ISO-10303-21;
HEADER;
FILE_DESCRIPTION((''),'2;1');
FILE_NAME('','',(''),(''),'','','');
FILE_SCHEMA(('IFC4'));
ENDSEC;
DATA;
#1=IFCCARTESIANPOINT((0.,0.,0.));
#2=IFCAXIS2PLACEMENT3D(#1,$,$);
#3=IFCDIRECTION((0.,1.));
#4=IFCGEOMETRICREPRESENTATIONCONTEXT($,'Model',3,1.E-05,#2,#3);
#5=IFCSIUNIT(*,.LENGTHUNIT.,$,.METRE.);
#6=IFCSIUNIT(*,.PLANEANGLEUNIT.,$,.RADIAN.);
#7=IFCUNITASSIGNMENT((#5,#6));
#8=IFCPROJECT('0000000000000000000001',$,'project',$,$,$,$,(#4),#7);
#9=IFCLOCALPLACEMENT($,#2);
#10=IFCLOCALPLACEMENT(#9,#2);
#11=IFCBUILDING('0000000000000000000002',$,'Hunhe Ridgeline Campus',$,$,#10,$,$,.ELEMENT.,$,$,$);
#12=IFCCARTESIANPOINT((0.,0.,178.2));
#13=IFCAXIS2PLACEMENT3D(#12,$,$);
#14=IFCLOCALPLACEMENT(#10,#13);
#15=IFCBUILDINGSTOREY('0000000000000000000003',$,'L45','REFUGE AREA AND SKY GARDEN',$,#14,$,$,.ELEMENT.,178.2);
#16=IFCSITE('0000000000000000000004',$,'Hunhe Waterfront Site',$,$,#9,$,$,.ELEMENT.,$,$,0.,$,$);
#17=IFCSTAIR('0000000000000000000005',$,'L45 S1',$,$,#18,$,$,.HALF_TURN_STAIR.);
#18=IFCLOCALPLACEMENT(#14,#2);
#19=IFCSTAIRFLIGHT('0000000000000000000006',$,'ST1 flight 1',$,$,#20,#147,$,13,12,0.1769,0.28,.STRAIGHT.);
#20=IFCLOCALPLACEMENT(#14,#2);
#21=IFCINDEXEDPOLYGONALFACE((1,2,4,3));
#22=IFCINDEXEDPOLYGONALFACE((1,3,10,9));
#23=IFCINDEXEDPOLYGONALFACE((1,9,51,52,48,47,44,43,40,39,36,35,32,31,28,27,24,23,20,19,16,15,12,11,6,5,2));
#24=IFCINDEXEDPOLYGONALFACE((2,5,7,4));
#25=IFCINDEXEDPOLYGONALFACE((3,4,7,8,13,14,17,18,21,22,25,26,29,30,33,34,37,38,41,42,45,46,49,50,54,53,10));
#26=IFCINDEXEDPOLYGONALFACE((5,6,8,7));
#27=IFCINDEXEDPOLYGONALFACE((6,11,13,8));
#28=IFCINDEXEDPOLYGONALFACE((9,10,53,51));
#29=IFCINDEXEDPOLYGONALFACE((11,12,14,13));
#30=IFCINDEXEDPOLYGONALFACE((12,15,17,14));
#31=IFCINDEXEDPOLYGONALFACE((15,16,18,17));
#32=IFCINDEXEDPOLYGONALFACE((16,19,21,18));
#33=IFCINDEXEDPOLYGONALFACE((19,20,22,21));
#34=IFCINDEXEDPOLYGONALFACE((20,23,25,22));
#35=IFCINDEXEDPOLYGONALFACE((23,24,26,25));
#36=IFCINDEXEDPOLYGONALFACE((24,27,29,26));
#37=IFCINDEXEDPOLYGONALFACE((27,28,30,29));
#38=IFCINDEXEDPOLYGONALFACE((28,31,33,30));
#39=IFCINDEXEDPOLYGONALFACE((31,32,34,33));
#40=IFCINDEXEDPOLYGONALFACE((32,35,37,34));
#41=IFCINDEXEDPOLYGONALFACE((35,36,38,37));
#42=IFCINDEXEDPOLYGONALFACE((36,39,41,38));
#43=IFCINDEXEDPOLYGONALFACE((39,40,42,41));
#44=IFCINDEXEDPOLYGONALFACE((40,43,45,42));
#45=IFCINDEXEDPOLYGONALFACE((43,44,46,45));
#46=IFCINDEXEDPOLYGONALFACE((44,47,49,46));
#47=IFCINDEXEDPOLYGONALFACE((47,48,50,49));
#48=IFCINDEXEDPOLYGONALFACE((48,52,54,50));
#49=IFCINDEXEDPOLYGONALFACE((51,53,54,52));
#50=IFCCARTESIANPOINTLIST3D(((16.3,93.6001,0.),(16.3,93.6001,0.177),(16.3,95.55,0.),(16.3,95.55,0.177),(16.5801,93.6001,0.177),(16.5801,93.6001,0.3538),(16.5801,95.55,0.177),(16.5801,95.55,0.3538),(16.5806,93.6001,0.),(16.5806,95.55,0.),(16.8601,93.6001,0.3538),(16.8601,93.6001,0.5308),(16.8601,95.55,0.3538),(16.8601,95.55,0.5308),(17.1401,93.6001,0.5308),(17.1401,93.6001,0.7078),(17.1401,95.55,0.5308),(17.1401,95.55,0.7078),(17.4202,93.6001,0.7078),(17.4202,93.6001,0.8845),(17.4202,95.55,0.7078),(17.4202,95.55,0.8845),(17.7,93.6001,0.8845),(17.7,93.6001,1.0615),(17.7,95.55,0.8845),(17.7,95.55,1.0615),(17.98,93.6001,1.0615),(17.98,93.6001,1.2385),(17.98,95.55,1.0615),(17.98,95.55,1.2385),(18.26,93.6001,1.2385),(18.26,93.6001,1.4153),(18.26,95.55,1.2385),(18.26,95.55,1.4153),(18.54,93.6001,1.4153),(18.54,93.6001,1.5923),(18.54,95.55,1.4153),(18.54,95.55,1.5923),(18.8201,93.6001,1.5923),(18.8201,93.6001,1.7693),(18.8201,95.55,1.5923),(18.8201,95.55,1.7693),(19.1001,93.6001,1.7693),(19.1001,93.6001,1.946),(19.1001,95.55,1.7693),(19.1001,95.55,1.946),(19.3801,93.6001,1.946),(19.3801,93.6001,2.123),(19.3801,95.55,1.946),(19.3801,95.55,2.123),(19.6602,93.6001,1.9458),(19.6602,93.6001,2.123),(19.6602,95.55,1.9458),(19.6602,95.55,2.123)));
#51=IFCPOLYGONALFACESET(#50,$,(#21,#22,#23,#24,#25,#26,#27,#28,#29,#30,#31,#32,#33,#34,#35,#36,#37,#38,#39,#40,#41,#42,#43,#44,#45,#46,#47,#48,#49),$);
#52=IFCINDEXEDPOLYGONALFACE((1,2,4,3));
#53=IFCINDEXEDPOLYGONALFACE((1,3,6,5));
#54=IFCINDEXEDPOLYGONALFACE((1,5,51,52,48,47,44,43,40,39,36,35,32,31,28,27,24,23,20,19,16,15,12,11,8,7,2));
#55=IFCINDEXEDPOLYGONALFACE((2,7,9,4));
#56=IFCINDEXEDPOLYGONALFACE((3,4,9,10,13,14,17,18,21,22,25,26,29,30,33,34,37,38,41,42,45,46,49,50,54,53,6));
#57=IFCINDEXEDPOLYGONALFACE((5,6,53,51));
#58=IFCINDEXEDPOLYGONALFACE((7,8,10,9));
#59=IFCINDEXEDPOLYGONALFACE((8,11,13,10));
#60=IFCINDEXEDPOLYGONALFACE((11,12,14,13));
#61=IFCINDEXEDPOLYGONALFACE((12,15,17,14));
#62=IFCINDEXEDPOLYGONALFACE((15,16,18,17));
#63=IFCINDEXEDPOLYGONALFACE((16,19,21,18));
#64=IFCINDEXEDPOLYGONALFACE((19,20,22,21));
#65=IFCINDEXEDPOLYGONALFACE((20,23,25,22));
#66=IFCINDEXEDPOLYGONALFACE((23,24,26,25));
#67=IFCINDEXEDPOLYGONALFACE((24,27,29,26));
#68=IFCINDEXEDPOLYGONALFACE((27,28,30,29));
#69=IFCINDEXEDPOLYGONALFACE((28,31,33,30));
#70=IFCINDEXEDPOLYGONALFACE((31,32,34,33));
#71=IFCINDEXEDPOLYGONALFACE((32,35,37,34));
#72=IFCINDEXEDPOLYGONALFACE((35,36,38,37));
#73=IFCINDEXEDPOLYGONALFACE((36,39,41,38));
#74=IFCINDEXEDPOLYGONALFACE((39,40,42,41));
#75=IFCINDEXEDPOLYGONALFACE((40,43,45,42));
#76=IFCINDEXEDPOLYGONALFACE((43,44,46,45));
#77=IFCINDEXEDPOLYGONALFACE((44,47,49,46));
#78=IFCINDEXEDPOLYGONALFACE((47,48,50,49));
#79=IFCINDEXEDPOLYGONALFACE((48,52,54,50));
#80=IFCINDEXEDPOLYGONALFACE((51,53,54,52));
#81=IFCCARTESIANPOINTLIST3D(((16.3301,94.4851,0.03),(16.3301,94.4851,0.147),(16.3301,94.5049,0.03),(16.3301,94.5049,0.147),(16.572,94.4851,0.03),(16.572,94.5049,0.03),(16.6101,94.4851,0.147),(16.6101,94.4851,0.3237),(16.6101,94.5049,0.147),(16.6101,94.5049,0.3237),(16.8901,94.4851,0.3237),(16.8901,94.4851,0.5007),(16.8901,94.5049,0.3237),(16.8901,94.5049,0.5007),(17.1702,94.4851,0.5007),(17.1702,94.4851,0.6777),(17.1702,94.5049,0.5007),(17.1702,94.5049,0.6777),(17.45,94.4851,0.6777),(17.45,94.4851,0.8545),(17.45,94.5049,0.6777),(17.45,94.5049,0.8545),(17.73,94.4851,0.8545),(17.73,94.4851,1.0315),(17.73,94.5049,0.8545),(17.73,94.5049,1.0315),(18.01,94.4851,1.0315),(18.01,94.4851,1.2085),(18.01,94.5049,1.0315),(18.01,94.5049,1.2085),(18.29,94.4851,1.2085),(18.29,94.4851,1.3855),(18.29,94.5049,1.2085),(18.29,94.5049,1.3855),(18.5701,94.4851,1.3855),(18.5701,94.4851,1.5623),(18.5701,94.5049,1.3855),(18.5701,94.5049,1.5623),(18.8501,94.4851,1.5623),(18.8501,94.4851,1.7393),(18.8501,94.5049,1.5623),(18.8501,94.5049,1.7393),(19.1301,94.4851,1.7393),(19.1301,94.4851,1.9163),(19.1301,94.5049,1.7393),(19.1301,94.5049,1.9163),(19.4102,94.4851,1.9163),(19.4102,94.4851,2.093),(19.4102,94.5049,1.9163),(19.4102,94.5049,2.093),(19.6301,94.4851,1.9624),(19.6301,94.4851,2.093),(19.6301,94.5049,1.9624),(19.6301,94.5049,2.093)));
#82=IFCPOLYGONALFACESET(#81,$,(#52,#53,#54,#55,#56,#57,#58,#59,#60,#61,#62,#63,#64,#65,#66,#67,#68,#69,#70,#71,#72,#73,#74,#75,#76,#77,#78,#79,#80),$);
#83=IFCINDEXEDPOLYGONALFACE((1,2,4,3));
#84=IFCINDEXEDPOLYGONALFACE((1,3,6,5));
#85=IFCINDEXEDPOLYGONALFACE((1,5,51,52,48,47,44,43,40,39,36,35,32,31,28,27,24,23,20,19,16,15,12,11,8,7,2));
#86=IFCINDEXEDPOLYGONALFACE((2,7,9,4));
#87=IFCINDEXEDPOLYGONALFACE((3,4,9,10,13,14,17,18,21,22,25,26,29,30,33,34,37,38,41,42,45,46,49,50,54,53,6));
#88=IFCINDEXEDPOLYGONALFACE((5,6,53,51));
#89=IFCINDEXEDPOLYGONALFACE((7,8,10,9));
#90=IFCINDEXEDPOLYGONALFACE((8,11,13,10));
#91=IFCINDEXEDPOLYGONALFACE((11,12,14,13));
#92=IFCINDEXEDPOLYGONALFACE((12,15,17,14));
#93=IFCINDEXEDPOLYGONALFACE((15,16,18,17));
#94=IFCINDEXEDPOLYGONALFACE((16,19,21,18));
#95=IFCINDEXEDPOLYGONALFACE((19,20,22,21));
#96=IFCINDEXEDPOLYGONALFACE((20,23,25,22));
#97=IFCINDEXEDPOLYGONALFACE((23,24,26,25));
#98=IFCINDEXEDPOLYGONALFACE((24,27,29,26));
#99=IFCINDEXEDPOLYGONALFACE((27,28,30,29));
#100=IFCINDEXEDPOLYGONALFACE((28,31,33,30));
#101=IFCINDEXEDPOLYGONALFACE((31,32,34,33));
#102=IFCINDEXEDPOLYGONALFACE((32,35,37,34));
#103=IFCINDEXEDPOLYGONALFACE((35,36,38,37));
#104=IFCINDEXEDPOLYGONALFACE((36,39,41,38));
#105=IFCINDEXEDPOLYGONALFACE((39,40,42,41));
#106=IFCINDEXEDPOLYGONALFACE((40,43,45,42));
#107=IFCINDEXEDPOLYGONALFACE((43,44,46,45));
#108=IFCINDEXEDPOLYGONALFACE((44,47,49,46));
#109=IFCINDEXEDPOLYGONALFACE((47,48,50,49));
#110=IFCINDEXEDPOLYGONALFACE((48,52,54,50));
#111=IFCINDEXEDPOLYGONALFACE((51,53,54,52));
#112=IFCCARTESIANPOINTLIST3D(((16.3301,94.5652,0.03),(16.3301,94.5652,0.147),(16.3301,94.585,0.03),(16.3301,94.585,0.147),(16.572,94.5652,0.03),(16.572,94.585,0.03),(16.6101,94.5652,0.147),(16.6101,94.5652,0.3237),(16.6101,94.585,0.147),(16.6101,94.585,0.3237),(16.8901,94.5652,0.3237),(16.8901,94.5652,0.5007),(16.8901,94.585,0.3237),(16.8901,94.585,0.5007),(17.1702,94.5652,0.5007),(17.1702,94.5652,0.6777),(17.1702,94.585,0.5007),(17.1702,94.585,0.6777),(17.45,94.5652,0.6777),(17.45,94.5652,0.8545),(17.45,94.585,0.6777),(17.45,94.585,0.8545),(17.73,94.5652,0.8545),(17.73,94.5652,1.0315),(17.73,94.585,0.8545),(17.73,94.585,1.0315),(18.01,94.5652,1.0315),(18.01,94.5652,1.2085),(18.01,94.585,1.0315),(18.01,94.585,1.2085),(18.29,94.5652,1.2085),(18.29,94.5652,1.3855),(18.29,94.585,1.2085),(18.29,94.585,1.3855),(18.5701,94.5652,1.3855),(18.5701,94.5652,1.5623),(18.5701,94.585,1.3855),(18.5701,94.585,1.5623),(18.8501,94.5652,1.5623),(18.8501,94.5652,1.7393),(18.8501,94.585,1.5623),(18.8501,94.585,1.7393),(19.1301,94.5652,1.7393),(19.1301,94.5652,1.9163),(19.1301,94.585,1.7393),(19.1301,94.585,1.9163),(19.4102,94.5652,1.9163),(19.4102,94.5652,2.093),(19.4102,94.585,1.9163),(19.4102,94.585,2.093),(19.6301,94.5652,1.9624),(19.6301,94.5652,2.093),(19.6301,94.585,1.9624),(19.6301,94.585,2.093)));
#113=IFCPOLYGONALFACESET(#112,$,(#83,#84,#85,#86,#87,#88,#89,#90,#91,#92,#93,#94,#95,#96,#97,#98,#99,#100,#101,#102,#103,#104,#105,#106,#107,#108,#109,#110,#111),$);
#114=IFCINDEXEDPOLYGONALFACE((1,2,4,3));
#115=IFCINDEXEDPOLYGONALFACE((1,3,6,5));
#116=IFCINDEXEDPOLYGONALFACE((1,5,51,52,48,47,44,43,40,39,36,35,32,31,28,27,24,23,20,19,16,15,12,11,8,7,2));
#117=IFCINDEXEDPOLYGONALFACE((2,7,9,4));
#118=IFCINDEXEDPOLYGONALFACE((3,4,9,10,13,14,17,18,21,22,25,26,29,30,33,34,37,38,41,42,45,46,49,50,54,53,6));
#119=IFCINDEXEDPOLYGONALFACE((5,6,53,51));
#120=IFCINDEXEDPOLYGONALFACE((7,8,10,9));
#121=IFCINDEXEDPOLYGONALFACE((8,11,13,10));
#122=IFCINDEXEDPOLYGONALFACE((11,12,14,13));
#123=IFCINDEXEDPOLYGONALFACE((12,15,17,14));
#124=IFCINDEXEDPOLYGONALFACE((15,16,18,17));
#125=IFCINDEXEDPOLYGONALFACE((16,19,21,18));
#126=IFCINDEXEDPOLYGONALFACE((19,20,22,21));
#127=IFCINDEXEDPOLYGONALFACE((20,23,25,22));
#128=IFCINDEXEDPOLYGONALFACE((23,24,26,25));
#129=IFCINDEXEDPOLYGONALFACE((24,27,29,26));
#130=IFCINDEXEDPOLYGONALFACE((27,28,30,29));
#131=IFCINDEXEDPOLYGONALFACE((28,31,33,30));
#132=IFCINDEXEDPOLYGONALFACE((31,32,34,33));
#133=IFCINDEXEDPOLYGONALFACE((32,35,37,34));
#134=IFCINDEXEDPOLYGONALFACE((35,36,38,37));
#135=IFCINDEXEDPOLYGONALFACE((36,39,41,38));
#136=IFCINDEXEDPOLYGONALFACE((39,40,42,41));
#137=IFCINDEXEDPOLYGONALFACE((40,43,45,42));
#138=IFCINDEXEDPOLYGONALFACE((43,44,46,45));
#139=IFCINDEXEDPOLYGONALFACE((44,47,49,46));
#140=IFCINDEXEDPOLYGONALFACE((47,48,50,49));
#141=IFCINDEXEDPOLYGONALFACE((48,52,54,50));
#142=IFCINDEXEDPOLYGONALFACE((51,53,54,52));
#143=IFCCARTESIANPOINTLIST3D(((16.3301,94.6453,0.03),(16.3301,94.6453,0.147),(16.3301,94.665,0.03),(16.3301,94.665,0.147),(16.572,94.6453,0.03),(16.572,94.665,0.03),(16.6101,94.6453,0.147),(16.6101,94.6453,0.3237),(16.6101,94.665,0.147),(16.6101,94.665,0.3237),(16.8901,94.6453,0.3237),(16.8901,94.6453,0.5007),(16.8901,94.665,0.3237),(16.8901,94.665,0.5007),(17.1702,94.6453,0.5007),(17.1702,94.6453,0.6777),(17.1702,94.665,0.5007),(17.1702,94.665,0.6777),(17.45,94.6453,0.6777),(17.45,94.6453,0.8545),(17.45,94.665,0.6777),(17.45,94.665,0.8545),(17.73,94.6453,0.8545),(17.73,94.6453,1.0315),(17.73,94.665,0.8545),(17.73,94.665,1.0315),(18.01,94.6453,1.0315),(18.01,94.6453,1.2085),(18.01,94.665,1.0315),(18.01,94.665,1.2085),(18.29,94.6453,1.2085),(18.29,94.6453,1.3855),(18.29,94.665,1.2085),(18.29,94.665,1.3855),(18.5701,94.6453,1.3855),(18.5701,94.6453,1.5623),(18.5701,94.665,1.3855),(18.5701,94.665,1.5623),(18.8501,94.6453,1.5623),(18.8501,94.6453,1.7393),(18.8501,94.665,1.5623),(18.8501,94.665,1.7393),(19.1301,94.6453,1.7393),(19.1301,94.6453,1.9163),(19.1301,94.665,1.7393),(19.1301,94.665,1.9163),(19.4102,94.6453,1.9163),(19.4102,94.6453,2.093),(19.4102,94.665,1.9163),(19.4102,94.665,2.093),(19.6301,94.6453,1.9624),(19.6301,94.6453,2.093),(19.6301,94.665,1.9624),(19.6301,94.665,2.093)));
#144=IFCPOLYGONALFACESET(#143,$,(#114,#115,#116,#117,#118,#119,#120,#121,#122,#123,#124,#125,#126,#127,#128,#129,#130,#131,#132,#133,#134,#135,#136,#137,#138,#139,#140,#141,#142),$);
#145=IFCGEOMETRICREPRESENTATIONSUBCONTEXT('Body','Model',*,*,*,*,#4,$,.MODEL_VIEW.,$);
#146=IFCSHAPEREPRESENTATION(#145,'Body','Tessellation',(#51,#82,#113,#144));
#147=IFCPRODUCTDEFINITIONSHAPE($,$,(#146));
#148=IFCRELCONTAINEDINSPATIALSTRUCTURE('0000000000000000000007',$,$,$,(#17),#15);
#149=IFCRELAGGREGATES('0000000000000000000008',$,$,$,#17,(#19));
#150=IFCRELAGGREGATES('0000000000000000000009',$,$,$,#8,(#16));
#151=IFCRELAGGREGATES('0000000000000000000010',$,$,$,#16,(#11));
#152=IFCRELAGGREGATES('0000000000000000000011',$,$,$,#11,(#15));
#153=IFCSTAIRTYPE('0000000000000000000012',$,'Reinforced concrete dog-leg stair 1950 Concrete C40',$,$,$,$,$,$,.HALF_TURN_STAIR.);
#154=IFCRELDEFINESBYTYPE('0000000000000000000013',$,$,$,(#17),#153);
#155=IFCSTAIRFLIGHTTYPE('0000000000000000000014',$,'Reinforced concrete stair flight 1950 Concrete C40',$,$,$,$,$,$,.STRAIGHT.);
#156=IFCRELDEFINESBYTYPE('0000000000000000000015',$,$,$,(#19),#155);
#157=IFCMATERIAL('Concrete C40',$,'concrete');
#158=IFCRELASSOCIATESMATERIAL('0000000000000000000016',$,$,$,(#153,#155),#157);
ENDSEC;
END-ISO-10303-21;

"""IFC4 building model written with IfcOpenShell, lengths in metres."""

from ifc_helpers import new_model, si_unit, direction, frame, origin, place, context, subcontext, project, spatial, polyline, outline, extrude, material, type_object, element, aggregate, save


model = new_model("IFC4")

# Units and contexts
model_context = context("Model", 3, precision=1e-05, world=origin(), true_north=direction((0.0, 1.0)))
body_context = subcontext(model_context, "Body", "Model", "MODEL_VIEW")
ifc_project = project(units=[si_unit("LENGTHUNIT", "METRE"), si_unit("PLANEANGLEUNIT", "RADIAN")], contexts=[model_context])

# Site, building, storey
site_placement = place(None, origin())
site = spatial("IfcSite", under=ifc_project, at=site_placement, Name="Hunhe Waterfront Site", CompositionType="ELEMENT", RefElevation=0.0)
building_placement = place(site_placement, origin())
building = spatial("IfcBuilding", under=site, at=building_placement, Name="Hunhe Ridgeline Campus", CompositionType="ELEMENT")
storey_placement = place(building_placement, frame((0.0, 0.0, 178.2)))
storey = spatial("IfcBuildingStorey", under=building, at=storey_placement, Name="L45", Description="REFUGE AREA AND SKY GARDEN", CompositionType="ELEMENT", Elevation=178.2)

# Stair, stair flight
ifc_material_1 = material(Name="Concrete C40", Category="concrete")
stair_type = type_object("IfcStairType", Name="Reinforced concrete dog-leg stair 1950 Concrete C40", PredefinedType="HALF_TURN_STAIR", material=ifc_material_1)
stair_placement = place(storey_placement, origin())
stair = element("IfcStair", 1, at=stair_placement, inside=storey, type_object=stair_type, Name="L45 S1", PredefinedType="HALF_TURN_STAIR")
stair_flight_type = type_object("IfcStairFlightType", Name="Reinforced concrete stair flight 1950 Concrete C40", PredefinedType="STRAIGHT", material=ifc_material_1)
stair_flight_placement = place(storey_placement, frame((16.3, 94.575, 0.0), z_axis=(0.0, 0.0, 1.0), x_axis=(1.0, 0.0, 0.0)))
stair_flight = element("IfcStairFlight", 2, at=stair_flight_placement, type_object=stair_flight_type, Name="ST1 flight 1", NumberOfRisers=13, NumberOfTreads=12, PredefinedType="STRAIGHT", RiserHeight=0.1769, TreadLength=0.28, context=body_context, shape_type="SweptSolid", body=[
    extrude(outline(polyline([(0.0, 0.0), (0.0, 0.177), (0.28, 0.177), (0.28, 0.3538), (0.5601, 0.3538), (0.5601, 0.5308), (0.8401, 0.5308), (0.8401, 0.7078), (1.1201, 0.7078), (1.1201, 0.8845), (1.3999, 0.8845), (1.3999, 1.0615), (1.6799, 1.0615), (1.6799, 1.2385), (1.96, 1.2385), (1.96, 1.4153), (2.24, 1.4153), (2.24, 1.5923), (2.52, 1.5923), (2.52, 1.7693), (2.8, 1.7693), (2.8, 1.946), (3.0801, 1.946), (3.0801, 2.123), (3.3601, 2.123), (3.3601, 2.3), (3.3601, 1.9458), (0.2805, 0.0), (0.0, 0.0)])), frame((0.0, 0.9751, 0.0), z_axis=(0.0, -1.0, 0.0), x_axis=(1.0, 0.0, 0.0)), (0.0, 0.0, 1.0), 1.95),
    extrude(outline(polyline([(0.03, 0.03), (0.03, 0.147), (0.3101, 0.147), (0.3101, 0.3237), (0.5901, 0.3237), (0.5901, 0.5007), (0.8701, 0.5007), (0.8701, 0.6777), (1.1499, 0.6777), (1.1499, 0.8545), (1.4299, 0.8545), (1.4299, 1.0315), (1.71, 1.0315), (1.71, 1.2085), (1.99, 1.2085), (1.99, 1.3855), (2.27, 1.3855), (2.27, 1.5623), (2.55, 1.5623), (2.55, 1.7393), (2.8301, 1.7393), (2.8301, 1.9163), (3.1101, 1.9163), (3.1101, 2.093), (3.3301, 2.093), (3.3301, 1.9624), (0.272, 0.03), (0.03, 0.03)])), frame((0.0, -0.0701, 0.0), z_axis=(0.0, -1.0, 0.0), x_axis=(1.0, 0.0, 0.0)), (0.0, 0.0, 1.0), 0.0198),
    extrude(outline(polyline([(0.03, 0.03), (0.03, 0.147), (0.3101, 0.147), (0.3101, 0.3237), (0.5901, 0.3237), (0.5901, 0.5007), (0.8701, 0.5007), (0.8701, 0.6777), (1.1499, 0.6777), (1.1499, 0.8545), (1.4299, 0.8545), (1.4299, 1.0315), (1.71, 1.0315), (1.71, 1.2085), (1.99, 1.2085), (1.99, 1.3855), (2.27, 1.3855), (2.27, 1.5623), (2.55, 1.5623), (2.55, 1.7393), (2.8301, 1.7393), (2.8301, 1.9163), (3.1101, 1.9163), (3.1101, 2.093), (3.3301, 2.093), (3.3301, 1.9624), (0.272, 0.03), (0.03, 0.03)])), frame((0.0, 0.01, 0.0), z_axis=(0.0, -1.0, 0.0), x_axis=(1.0, 0.0, 0.0)), (0.0, 0.0, 1.0), 0.0198),
    extrude(outline(polyline([(0.03, 0.03), (0.03, 0.147), (0.3101, 0.147), (0.3101, 0.3237), (0.5901, 0.3237), (0.5901, 0.5007), (0.8701, 0.5007), (0.8701, 0.6777), (1.1499, 0.6777), (1.1499, 0.8545), (1.4299, 0.8545), (1.4299, 1.0315), (1.71, 1.0315), (1.71, 1.2085), (1.99, 1.2085), (1.99, 1.3855), (2.27, 1.3855), (2.27, 1.5623), (2.55, 1.5623), (2.55, 1.7393), (2.8301, 1.7393), (2.8301, 1.9163), (3.1101, 1.9163), (3.1101, 2.093), (3.3301, 2.093), (3.3301, 1.9624), (0.272, 0.03), (0.03, 0.03)])), frame((0.0, 0.0901, 0.0), z_axis=(0.0, -1.0, 0.0), x_axis=(1.0, 0.0, 0.0)), (0.0, 0.0, 1.0), 0.0198),
])
aggregate(stair, [stair_flight])

save(model, "model.ifc")
